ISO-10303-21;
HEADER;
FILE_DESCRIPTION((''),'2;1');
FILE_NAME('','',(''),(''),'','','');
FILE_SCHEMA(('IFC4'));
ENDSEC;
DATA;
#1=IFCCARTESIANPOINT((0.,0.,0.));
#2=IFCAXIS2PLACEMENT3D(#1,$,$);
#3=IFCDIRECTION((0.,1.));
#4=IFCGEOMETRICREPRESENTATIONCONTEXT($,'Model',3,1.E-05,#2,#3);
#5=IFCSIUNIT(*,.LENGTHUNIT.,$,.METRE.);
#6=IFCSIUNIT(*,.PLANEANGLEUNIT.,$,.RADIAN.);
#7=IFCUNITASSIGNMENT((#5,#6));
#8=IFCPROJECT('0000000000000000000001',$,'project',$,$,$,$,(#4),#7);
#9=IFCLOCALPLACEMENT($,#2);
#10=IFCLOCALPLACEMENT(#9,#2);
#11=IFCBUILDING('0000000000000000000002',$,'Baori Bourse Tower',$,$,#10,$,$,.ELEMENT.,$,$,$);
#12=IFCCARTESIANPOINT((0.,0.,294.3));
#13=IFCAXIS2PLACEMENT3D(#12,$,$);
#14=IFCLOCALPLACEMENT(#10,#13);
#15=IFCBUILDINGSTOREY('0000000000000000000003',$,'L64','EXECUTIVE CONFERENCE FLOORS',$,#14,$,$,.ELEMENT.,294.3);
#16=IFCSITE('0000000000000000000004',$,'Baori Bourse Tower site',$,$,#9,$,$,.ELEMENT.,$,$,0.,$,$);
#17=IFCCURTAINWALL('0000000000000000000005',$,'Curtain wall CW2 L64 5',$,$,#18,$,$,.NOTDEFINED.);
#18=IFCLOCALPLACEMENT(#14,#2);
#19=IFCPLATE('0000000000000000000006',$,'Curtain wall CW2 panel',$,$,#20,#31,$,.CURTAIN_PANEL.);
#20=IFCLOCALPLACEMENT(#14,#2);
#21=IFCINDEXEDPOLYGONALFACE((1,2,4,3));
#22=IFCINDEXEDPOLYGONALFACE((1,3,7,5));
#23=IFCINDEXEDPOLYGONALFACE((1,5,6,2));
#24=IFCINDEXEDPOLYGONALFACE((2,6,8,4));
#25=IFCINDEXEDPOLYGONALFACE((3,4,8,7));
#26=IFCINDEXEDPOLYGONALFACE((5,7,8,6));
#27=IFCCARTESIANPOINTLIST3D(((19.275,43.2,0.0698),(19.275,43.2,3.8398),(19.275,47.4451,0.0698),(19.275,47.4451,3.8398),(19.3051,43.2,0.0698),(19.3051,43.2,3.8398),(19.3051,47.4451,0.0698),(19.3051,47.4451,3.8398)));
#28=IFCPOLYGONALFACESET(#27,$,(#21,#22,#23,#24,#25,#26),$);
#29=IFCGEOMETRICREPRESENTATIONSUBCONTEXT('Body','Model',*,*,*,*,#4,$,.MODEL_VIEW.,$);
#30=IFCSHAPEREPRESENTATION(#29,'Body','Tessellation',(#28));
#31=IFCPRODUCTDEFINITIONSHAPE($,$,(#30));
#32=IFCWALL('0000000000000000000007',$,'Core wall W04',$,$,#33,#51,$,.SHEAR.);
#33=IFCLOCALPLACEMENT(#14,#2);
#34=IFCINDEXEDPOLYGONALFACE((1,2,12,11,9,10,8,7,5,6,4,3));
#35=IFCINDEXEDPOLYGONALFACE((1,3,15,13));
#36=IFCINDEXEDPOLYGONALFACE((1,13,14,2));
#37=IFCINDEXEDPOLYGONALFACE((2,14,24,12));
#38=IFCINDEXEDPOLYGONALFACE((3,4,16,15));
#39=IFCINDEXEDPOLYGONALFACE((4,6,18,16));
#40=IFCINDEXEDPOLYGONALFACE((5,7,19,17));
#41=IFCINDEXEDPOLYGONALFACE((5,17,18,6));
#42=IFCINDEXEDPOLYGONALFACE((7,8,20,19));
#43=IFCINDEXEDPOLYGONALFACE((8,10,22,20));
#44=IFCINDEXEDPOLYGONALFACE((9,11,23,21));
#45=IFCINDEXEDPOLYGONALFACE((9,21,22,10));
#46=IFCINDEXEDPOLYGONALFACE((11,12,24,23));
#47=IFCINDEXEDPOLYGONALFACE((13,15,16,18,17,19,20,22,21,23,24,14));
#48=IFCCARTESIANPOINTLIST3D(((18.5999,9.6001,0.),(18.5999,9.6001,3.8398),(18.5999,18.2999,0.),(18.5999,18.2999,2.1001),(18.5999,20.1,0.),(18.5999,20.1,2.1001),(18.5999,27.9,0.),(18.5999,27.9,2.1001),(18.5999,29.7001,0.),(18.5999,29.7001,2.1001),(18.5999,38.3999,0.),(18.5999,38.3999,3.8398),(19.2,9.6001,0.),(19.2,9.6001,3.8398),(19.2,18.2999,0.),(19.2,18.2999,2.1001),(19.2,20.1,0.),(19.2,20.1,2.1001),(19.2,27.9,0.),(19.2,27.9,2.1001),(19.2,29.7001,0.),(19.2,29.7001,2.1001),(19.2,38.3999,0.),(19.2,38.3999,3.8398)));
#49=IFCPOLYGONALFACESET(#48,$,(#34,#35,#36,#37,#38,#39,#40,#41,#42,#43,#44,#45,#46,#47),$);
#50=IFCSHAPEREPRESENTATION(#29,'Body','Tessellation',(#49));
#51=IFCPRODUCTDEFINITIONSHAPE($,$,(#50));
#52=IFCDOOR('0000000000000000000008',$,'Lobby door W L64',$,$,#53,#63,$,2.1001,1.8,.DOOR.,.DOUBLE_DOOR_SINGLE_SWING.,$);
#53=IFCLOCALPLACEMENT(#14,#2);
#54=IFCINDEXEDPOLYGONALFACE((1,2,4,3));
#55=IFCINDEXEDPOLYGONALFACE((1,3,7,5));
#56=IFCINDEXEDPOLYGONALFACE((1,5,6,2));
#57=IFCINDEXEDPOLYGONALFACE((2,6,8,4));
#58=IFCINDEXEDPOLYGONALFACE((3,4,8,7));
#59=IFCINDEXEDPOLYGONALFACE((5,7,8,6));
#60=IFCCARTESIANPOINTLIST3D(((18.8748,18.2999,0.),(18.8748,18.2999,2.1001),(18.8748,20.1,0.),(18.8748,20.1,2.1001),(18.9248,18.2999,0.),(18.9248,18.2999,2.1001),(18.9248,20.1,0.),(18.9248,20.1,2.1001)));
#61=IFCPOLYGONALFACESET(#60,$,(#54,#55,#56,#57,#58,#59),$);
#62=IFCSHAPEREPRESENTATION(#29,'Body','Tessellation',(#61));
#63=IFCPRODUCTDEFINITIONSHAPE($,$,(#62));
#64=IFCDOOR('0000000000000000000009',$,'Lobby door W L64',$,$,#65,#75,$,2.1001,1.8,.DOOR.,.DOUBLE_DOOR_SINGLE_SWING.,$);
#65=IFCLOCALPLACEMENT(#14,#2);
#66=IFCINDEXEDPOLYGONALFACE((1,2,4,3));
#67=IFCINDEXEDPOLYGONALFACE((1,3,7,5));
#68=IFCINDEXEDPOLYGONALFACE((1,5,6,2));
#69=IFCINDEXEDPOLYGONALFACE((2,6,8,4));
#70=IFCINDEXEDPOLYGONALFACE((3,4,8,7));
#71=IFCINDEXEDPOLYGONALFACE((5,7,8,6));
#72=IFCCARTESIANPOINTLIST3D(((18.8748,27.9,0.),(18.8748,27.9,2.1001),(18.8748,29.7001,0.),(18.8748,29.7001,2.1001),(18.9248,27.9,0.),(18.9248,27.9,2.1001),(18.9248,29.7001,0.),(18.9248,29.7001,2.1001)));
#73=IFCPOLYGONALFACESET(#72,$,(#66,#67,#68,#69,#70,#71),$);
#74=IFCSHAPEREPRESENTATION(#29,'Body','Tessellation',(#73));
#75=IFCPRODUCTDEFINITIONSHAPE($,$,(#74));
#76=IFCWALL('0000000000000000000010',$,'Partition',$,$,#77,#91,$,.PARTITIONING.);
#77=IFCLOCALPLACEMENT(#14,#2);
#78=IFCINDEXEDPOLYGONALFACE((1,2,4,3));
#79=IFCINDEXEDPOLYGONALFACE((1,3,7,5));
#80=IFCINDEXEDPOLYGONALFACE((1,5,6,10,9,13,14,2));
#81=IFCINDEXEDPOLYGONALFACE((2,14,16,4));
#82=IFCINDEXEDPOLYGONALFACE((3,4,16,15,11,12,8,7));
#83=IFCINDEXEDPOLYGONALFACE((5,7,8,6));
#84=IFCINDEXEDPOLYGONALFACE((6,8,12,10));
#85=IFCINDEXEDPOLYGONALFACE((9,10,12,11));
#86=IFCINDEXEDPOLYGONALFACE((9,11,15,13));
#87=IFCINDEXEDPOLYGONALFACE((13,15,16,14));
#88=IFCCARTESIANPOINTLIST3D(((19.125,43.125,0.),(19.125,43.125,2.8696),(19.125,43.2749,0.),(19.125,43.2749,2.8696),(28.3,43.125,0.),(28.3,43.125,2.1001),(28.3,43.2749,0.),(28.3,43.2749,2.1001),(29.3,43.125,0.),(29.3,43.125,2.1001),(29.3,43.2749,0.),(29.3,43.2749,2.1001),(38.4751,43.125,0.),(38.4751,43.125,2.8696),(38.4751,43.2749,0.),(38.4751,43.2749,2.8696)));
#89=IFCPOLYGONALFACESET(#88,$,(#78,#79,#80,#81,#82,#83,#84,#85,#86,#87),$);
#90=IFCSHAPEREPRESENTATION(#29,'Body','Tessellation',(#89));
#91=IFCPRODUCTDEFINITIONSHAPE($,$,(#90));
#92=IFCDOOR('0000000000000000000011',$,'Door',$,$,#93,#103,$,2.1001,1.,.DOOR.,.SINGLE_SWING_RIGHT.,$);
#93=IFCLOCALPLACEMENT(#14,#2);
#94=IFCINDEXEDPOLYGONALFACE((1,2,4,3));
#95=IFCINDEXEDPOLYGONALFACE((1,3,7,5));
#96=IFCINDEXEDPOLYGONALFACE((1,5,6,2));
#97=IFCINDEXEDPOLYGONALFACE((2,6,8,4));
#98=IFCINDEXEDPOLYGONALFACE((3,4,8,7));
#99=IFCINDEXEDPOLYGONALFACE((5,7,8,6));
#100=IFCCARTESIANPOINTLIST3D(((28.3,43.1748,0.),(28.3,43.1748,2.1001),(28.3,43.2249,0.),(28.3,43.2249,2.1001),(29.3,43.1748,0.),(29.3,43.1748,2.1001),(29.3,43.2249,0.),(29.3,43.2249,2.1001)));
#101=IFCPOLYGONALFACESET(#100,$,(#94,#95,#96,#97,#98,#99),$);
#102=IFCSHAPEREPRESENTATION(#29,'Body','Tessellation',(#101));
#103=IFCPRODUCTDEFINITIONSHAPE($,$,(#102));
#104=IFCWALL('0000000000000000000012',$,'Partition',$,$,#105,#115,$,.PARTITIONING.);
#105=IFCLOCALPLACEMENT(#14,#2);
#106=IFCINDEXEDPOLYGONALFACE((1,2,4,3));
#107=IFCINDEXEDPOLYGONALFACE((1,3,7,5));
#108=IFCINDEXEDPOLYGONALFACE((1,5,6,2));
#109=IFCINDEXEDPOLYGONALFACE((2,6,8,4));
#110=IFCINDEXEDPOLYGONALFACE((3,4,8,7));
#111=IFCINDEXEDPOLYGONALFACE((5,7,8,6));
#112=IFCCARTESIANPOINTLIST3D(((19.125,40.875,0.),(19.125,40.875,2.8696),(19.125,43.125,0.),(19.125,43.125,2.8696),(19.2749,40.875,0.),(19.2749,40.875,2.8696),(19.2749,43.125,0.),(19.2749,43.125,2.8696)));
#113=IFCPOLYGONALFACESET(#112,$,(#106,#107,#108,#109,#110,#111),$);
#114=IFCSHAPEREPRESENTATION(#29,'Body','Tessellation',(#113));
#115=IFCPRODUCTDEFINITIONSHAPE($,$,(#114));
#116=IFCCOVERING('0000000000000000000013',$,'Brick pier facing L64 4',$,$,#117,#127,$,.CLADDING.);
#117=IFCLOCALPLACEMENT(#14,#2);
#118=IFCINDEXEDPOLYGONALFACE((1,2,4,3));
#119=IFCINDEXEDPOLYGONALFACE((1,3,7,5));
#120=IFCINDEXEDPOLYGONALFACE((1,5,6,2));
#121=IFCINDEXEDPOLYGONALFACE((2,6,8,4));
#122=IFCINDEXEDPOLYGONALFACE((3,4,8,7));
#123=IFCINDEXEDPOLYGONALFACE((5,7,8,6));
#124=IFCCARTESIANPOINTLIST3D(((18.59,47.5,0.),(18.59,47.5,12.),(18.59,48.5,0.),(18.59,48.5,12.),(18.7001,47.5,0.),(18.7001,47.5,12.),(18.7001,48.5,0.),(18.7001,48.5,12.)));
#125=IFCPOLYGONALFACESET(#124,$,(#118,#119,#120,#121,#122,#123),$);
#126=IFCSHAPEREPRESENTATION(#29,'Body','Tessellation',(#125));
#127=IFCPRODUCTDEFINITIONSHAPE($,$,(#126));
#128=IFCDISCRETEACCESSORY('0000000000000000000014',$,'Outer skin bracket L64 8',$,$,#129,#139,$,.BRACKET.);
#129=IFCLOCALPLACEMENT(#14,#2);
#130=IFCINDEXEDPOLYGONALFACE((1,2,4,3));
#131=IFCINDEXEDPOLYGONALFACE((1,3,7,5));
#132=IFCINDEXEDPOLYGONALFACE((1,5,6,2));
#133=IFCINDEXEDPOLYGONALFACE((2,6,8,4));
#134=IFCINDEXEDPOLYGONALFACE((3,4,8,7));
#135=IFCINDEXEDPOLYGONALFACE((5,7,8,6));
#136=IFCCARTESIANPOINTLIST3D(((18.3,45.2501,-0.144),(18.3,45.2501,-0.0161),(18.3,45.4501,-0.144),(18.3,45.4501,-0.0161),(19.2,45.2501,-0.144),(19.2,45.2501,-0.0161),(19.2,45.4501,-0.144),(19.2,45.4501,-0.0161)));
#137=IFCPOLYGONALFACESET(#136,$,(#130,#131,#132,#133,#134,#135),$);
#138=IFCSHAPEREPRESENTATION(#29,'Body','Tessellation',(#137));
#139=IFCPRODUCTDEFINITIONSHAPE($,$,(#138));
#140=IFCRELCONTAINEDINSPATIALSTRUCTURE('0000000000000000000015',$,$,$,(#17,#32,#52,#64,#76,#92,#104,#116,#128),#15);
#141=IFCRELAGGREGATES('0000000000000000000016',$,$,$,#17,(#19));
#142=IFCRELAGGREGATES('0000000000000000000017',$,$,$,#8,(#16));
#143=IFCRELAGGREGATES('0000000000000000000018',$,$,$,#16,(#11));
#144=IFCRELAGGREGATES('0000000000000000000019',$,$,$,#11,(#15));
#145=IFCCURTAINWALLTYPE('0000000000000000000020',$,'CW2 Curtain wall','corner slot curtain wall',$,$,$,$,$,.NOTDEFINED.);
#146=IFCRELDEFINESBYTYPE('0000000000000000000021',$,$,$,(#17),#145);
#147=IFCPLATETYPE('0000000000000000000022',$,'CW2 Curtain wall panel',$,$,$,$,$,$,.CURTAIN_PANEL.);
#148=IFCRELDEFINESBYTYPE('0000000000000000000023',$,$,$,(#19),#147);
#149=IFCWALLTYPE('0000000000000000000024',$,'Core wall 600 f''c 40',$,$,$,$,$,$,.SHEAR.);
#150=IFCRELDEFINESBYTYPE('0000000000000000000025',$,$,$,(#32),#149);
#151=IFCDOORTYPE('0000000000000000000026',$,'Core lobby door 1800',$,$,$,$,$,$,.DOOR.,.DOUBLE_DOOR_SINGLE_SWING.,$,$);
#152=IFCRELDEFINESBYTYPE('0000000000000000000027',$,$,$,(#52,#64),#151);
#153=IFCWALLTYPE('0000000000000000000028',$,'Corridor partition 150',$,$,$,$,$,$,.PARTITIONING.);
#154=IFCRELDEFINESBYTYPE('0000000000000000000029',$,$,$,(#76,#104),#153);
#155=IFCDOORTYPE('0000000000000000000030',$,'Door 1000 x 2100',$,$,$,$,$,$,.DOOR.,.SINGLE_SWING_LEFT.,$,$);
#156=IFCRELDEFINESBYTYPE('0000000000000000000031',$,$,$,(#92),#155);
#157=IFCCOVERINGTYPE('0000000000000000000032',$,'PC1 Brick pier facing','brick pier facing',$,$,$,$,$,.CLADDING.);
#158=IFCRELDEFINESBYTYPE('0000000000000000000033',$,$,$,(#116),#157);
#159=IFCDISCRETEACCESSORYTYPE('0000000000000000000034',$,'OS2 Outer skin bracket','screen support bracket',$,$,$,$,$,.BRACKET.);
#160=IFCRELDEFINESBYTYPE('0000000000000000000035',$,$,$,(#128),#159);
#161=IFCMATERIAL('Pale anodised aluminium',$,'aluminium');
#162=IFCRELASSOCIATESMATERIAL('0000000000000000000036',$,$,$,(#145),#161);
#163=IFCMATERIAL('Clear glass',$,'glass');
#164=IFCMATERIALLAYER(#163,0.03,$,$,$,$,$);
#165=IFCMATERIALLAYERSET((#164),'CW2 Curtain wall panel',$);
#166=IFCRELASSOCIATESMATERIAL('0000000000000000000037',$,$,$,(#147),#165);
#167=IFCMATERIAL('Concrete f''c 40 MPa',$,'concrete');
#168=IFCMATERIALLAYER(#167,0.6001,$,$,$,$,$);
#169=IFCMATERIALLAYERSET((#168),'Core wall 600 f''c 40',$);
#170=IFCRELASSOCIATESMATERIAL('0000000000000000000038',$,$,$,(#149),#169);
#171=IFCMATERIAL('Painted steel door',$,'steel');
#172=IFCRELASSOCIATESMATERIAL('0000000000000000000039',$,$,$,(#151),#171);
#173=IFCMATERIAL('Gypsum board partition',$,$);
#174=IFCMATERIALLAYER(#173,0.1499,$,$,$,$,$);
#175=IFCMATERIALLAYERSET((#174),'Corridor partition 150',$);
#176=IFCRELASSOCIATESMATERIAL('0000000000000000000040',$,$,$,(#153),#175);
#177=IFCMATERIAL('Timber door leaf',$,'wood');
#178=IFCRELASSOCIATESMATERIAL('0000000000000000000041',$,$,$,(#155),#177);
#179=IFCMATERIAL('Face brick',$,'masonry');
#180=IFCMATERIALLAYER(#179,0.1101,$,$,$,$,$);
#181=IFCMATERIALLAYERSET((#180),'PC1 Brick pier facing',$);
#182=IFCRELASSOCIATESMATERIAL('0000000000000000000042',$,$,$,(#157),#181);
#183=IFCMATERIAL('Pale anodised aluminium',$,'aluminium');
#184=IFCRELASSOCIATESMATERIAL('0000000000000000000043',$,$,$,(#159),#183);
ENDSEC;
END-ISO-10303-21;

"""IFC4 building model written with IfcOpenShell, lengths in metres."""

from ifc_helpers import new_model, si_unit, direction, frame, frame_2d, origin, origin_2d, place, context, subcontext, project, spatial, rectangle, extrude, material, layer, layer_set, type_object, element, fill, aggregate, save


model = new_model("IFC4")

# Units and contexts
model_context = context("Model", 3, precision=1e-05, world=origin(), true_north=direction((0.0, 1.0)))
body_context = subcontext(model_context, "Body", "Model", "MODEL_VIEW")
ifc_project = project(units=[si_unit("LENGTHUNIT", "METRE"), si_unit("PLANEANGLEUNIT", "RADIAN")], contexts=[model_context])

# Site, building, storey
site_placement = place(None, origin())
site = spatial("IfcSite", under=ifc_project, at=site_placement, Name="Baori Bourse Tower site", CompositionType="ELEMENT", RefElevation=0.0)
building_placement = place(site_placement, origin())
building = spatial("IfcBuilding", under=site, at=building_placement, Name="Baori Bourse Tower", CompositionType="ELEMENT")
storey_placement = place(building_placement, frame((0.0, 0.0, 294.3)))
storey = spatial("IfcBuildingStorey", under=building, at=storey_placement, Name="L64", Description="EXECUTIVE CONFERENCE FLOORS", CompositionType="ELEMENT", Elevation=294.3)

# Curtain wall
ifc_material_1 = material(Name="Pale anodised aluminium", Category="aluminium")
curtain_wall_type = type_object("IfcCurtainWallType", Name="CW2 Curtain wall", Description="corner slot curtain wall", PredefinedType="NOTDEFINED", material=ifc_material_1)
curtain_wall_1_placement = place(storey_placement, origin())
curtain_wall_1 = element("IfcCurtainWall", 1, at=curtain_wall_1_placement, inside=storey, type_object=curtain_wall_type, Name="Curtain wall CW2 L64 5", PredefinedType="NOTDEFINED")

# Plate
ifc_material_2 = material(Name="Clear glass", Category="glass")
ifc_layer_1 = layer(ifc_material_2, 0.03)
ifc_layer_set_1 = layer_set([ifc_layer_1], Name="CW2 Curtain wall panel")
plate_type = type_object("IfcPlateType", Name="CW2 Curtain wall panel", PredefinedType="CURTAIN_PANEL", material=ifc_layer_set_1)
plate_placement = place(storey_placement, frame((19.29, 45.3225, 0.0698), z_axis=(0.0, 0.0, 1.0), x_axis=(0.0, -1.0, 0.0)))
plate = element("IfcPlate", 2, at=plate_placement, type_object=plate_type, Name="Curtain wall CW2 panel", PredefinedType="CURTAIN_PANEL", context=body_context, shape_type="SweptSolid", body=[
    extrude(rectangle(XDim=4.2451, YDim=0.03, at=origin_2d()), origin(), (0.0, 0.0, 1.0), 3.77),
])
aggregate(curtain_wall_1, [plate])

# Wall, openings, doors
ifc_material_3 = material(Name="Concrete f'c 40 MPa", Category="concrete")
ifc_layer_2 = layer(ifc_material_3, 0.6001)
ifc_layer_set_2 = layer_set([ifc_layer_2], Name="Core wall 600 f'c 40")
wall_type_1 = type_object("IfcWallType", Name="Core wall 600 f'c 40", PredefinedType="SHEAR", material=ifc_layer_set_2)
wall_1_placement = place(storey_placement, frame((18.8999, 38.3999, 0.0), z_axis=(0.0, 0.0, 1.0), x_axis=(0.0, -1.0, 0.0)))
wall_1 = element("IfcWall", 3, at=wall_1_placement, inside=storey, type_object=wall_type_1, Name="Core wall W04", PredefinedType="SHEAR", context=body_context, shape_type="SweptSolid", body=[
    extrude(rectangle(XDim=28.7998, YDim=0.6001, at=frame_2d((14.3999, 0.0))), origin(), (0.0, 0.0, 1.0), 3.8398),
])
opening_1_placement = place(wall_1_placement, frame((18.3, 0.0, 0.0)))
opening_1 = element("IfcOpeningElement", 4, at=opening_1_placement, cuts=wall_1, PredefinedType="OPENING", context=body_context, shape_type="SweptSolid", body=[
    extrude(rectangle(XDim=1.8, YDim=2.1001, at=frame_2d((0.8999, 1.05))), frame((0.0, 0.3101, 0.0), z_axis=(0.0, -1.0, 0.0), x_axis=(1.0, 0.0, 0.0)), (0.0, 0.0, 1.0), 0.6201),
])
opening_2_placement = place(wall_1_placement, frame((8.7, 0.0, 0.0)))
opening_2 = element("IfcOpeningElement", 5, at=opening_2_placement, cuts=wall_1, PredefinedType="OPENING", context=body_context, shape_type="SweptSolid", body=[
    extrude(rectangle(XDim=1.8, YDim=2.1001, at=frame_2d((0.8999, 1.05))), frame((0.0, 0.3101, 0.0), z_axis=(0.0, -1.0, 0.0), x_axis=(1.0, 0.0, 0.0)), (0.0, 0.0, 1.0), 0.6201),
])
ifc_material_4 = material(Name="Painted steel door", Category="steel")
door_type_1 = type_object("IfcDoorType", Name="Core lobby door 1800", OperationType="DOUBLE_DOOR_SINGLE_SWING", PredefinedType="DOOR", material=ifc_material_4)
door_1_placement = place(opening_1_placement, origin())
door_1 = element("IfcDoor", 6, at=door_1_placement, inside=storey, type_object=door_type_1, Name="Lobby door W L64", OperationType="DOUBLE_DOOR_SINGLE_SWING", OverallHeight=2.1001, OverallWidth=1.8, PredefinedType="DOOR", context=body_context, shape_type="SweptSolid", body=[
    extrude(rectangle(XDim=1.8, YDim=2.1001, at=frame_2d((0.8999, 1.05))), frame((0.0, 0.0249, 0.0), z_axis=(0.0, -1.0, 0.0), x_axis=(1.0, 0.0, 0.0)), (0.0, 0.0, 1.0), 0.05),
])
fill(opening_1, door_1)
door_2_placement = place(opening_2_placement, origin())
door_2 = element("IfcDoor", 7, at=door_2_placement, inside=storey, type_object=door_type_1, Name="Lobby door W L64", OperationType="DOUBLE_DOOR_SINGLE_SWING", OverallHeight=2.1001, OverallWidth=1.8, PredefinedType="DOOR", context=body_context, shape_type="SweptSolid", body=[
    extrude(rectangle(XDim=1.8, YDim=2.1001, at=frame_2d((0.8999, 1.05))), frame((0.0, 0.0249, 0.0), z_axis=(0.0, -1.0, 0.0), x_axis=(1.0, 0.0, 0.0)), (0.0, 0.0, 1.0), 0.05),
])
fill(opening_2, door_2)

# Wall, opening, door
ifc_material_5 = material(Name="Gypsum board partition")
ifc_layer_3 = layer(ifc_material_5, 0.1499)
ifc_layer_set_3 = layer_set([ifc_layer_3], Name="Corridor partition 150")
wall_type_2 = type_object("IfcWallType", Name="Corridor partition 150", PredefinedType="PARTITIONING", material=ifc_layer_set_3)
wall_2_placement = place(storey_placement, frame((19.125, 43.2, 0.0), z_axis=(0.0, 0.0, 1.0), x_axis=(1.0, 0.0, 0.0)))
wall_2 = element("IfcWall", 8, at=wall_2_placement, inside=storey, type_object=wall_type_2, Name="Partition", PredefinedType="PARTITIONING", context=body_context, shape_type="SweptSolid", body=[
    extrude(rectangle(XDim=19.3501, YDim=0.1499, at=frame_2d((9.675, 0.0))), origin(), (0.0, 0.0, 1.0), 2.8696),
])
opening_3_placement = place(wall_2_placement, frame((9.175, 0.0, 0.0)))
opening_3 = element("IfcOpeningElement", 9, at=opening_3_placement, cuts=wall_2, PredefinedType="OPENING", context=body_context, shape_type="SweptSolid", body=[
    extrude(rectangle(XDim=1.0, YDim=2.1001, at=frame_2d((0.5, 1.05))), frame((0.0, 0.085, 0.0), z_axis=(0.0, -1.0, 0.0), x_axis=(1.0, 0.0, 0.0)), (0.0, 0.0, 1.0), 0.1699),
])
ifc_material_6 = material(Name="Timber door leaf", Category="wood")
door_type_2 = type_object("IfcDoorType", Name="Door 1000 x 2100", OperationType="SINGLE_SWING_LEFT", PredefinedType="DOOR", material=ifc_material_6)
door_3_placement = place(opening_3_placement, origin())
door_3 = element("IfcDoor", 10, at=door_3_placement, inside=storey, type_object=door_type_2, Name="Door", OperationType="SINGLE_SWING_RIGHT", OverallHeight=2.1001, OverallWidth=1.0, PredefinedType="DOOR", context=body_context, shape_type="SweptSolid", body=[
    extrude(rectangle(XDim=1.0, YDim=2.1001, at=frame_2d((0.5, 1.05))), frame((0.0, 0.0249, 0.0), z_axis=(0.0, -1.0, 0.0), x_axis=(1.0, 0.0, 0.0)), (0.0, 0.0, 1.0), 0.05),
])
fill(opening_3, door_3)

# Wall
wall_3_placement = place(storey_placement, frame((19.2, 40.875, 0.0), z_axis=(0.0, 0.0, 1.0), x_axis=(0.0, 1.0, 0.0)))
element("IfcWall", 11, at=wall_3_placement, inside=storey, type_object=wall_type_2, Name="Partition", PredefinedType="PARTITIONING", context=body_context, shape_type="SweptSolid", body=[
    extrude(rectangle(XDim=2.25, YDim=0.1499, at=frame_2d((1.125, 0.0))), origin(), (0.0, 0.0, 1.0), 2.8696),
])

# Covering
ifc_material_7 = material(Name="Face brick", Category="masonry")
ifc_layer_4 = layer(ifc_material_7, 0.1101)
ifc_layer_set_4 = layer_set([ifc_layer_4], Name="PC1 Brick pier facing")
covering_type = type_object("IfcCoveringType", Name="PC1 Brick pier facing", Description="brick pier facing", PredefinedType="CLADDING", material=ifc_layer_set_4)
covering_placement = place(storey_placement, frame((18.645, 48.0, 0.0), z_axis=(0.0, 0.0, 1.0), x_axis=(1.0, 0.0, 0.0)))
element("IfcCovering", 12, at=covering_placement, inside=storey, type_object=covering_type, Name="Brick pier facing L64 4", PredefinedType="CLADDING", context=body_context, shape_type="SweptSolid", body=[
    extrude(rectangle(XDim=0.1101, YDim=1.0, at=origin_2d()), origin(), (0.0, 0.0, 1.0), 12.0),
])

# Discrete accessory
ifc_material_8 = material(Name="Pale anodised aluminium", Category="aluminium")
discrete_accessory_type = type_object("IfcDiscreteAccessoryType", Name="OS2 Outer skin bracket", Description="screen support bracket", PredefinedType="BRACKET", material=ifc_material_8)
discrete_accessory_placement = place(storey_placement, frame((18.75, 45.3501, -0.144), z_axis=(0.0, 0.0, 1.0), x_axis=(0.0, -1.0, 0.0)))
element("IfcDiscreteAccessory", 13, at=discrete_accessory_placement, inside=storey, type_object=discrete_accessory_type, Name="Outer skin bracket L64 8", PredefinedType="BRACKET", context=body_context, shape_type="SweptSolid", body=[
    extrude(rectangle(XDim=0.2, YDim=0.8999, at=origin_2d()), origin(), (0.0, 0.0, 1.0), 0.1279),
])

save(model, "model.ifc")
